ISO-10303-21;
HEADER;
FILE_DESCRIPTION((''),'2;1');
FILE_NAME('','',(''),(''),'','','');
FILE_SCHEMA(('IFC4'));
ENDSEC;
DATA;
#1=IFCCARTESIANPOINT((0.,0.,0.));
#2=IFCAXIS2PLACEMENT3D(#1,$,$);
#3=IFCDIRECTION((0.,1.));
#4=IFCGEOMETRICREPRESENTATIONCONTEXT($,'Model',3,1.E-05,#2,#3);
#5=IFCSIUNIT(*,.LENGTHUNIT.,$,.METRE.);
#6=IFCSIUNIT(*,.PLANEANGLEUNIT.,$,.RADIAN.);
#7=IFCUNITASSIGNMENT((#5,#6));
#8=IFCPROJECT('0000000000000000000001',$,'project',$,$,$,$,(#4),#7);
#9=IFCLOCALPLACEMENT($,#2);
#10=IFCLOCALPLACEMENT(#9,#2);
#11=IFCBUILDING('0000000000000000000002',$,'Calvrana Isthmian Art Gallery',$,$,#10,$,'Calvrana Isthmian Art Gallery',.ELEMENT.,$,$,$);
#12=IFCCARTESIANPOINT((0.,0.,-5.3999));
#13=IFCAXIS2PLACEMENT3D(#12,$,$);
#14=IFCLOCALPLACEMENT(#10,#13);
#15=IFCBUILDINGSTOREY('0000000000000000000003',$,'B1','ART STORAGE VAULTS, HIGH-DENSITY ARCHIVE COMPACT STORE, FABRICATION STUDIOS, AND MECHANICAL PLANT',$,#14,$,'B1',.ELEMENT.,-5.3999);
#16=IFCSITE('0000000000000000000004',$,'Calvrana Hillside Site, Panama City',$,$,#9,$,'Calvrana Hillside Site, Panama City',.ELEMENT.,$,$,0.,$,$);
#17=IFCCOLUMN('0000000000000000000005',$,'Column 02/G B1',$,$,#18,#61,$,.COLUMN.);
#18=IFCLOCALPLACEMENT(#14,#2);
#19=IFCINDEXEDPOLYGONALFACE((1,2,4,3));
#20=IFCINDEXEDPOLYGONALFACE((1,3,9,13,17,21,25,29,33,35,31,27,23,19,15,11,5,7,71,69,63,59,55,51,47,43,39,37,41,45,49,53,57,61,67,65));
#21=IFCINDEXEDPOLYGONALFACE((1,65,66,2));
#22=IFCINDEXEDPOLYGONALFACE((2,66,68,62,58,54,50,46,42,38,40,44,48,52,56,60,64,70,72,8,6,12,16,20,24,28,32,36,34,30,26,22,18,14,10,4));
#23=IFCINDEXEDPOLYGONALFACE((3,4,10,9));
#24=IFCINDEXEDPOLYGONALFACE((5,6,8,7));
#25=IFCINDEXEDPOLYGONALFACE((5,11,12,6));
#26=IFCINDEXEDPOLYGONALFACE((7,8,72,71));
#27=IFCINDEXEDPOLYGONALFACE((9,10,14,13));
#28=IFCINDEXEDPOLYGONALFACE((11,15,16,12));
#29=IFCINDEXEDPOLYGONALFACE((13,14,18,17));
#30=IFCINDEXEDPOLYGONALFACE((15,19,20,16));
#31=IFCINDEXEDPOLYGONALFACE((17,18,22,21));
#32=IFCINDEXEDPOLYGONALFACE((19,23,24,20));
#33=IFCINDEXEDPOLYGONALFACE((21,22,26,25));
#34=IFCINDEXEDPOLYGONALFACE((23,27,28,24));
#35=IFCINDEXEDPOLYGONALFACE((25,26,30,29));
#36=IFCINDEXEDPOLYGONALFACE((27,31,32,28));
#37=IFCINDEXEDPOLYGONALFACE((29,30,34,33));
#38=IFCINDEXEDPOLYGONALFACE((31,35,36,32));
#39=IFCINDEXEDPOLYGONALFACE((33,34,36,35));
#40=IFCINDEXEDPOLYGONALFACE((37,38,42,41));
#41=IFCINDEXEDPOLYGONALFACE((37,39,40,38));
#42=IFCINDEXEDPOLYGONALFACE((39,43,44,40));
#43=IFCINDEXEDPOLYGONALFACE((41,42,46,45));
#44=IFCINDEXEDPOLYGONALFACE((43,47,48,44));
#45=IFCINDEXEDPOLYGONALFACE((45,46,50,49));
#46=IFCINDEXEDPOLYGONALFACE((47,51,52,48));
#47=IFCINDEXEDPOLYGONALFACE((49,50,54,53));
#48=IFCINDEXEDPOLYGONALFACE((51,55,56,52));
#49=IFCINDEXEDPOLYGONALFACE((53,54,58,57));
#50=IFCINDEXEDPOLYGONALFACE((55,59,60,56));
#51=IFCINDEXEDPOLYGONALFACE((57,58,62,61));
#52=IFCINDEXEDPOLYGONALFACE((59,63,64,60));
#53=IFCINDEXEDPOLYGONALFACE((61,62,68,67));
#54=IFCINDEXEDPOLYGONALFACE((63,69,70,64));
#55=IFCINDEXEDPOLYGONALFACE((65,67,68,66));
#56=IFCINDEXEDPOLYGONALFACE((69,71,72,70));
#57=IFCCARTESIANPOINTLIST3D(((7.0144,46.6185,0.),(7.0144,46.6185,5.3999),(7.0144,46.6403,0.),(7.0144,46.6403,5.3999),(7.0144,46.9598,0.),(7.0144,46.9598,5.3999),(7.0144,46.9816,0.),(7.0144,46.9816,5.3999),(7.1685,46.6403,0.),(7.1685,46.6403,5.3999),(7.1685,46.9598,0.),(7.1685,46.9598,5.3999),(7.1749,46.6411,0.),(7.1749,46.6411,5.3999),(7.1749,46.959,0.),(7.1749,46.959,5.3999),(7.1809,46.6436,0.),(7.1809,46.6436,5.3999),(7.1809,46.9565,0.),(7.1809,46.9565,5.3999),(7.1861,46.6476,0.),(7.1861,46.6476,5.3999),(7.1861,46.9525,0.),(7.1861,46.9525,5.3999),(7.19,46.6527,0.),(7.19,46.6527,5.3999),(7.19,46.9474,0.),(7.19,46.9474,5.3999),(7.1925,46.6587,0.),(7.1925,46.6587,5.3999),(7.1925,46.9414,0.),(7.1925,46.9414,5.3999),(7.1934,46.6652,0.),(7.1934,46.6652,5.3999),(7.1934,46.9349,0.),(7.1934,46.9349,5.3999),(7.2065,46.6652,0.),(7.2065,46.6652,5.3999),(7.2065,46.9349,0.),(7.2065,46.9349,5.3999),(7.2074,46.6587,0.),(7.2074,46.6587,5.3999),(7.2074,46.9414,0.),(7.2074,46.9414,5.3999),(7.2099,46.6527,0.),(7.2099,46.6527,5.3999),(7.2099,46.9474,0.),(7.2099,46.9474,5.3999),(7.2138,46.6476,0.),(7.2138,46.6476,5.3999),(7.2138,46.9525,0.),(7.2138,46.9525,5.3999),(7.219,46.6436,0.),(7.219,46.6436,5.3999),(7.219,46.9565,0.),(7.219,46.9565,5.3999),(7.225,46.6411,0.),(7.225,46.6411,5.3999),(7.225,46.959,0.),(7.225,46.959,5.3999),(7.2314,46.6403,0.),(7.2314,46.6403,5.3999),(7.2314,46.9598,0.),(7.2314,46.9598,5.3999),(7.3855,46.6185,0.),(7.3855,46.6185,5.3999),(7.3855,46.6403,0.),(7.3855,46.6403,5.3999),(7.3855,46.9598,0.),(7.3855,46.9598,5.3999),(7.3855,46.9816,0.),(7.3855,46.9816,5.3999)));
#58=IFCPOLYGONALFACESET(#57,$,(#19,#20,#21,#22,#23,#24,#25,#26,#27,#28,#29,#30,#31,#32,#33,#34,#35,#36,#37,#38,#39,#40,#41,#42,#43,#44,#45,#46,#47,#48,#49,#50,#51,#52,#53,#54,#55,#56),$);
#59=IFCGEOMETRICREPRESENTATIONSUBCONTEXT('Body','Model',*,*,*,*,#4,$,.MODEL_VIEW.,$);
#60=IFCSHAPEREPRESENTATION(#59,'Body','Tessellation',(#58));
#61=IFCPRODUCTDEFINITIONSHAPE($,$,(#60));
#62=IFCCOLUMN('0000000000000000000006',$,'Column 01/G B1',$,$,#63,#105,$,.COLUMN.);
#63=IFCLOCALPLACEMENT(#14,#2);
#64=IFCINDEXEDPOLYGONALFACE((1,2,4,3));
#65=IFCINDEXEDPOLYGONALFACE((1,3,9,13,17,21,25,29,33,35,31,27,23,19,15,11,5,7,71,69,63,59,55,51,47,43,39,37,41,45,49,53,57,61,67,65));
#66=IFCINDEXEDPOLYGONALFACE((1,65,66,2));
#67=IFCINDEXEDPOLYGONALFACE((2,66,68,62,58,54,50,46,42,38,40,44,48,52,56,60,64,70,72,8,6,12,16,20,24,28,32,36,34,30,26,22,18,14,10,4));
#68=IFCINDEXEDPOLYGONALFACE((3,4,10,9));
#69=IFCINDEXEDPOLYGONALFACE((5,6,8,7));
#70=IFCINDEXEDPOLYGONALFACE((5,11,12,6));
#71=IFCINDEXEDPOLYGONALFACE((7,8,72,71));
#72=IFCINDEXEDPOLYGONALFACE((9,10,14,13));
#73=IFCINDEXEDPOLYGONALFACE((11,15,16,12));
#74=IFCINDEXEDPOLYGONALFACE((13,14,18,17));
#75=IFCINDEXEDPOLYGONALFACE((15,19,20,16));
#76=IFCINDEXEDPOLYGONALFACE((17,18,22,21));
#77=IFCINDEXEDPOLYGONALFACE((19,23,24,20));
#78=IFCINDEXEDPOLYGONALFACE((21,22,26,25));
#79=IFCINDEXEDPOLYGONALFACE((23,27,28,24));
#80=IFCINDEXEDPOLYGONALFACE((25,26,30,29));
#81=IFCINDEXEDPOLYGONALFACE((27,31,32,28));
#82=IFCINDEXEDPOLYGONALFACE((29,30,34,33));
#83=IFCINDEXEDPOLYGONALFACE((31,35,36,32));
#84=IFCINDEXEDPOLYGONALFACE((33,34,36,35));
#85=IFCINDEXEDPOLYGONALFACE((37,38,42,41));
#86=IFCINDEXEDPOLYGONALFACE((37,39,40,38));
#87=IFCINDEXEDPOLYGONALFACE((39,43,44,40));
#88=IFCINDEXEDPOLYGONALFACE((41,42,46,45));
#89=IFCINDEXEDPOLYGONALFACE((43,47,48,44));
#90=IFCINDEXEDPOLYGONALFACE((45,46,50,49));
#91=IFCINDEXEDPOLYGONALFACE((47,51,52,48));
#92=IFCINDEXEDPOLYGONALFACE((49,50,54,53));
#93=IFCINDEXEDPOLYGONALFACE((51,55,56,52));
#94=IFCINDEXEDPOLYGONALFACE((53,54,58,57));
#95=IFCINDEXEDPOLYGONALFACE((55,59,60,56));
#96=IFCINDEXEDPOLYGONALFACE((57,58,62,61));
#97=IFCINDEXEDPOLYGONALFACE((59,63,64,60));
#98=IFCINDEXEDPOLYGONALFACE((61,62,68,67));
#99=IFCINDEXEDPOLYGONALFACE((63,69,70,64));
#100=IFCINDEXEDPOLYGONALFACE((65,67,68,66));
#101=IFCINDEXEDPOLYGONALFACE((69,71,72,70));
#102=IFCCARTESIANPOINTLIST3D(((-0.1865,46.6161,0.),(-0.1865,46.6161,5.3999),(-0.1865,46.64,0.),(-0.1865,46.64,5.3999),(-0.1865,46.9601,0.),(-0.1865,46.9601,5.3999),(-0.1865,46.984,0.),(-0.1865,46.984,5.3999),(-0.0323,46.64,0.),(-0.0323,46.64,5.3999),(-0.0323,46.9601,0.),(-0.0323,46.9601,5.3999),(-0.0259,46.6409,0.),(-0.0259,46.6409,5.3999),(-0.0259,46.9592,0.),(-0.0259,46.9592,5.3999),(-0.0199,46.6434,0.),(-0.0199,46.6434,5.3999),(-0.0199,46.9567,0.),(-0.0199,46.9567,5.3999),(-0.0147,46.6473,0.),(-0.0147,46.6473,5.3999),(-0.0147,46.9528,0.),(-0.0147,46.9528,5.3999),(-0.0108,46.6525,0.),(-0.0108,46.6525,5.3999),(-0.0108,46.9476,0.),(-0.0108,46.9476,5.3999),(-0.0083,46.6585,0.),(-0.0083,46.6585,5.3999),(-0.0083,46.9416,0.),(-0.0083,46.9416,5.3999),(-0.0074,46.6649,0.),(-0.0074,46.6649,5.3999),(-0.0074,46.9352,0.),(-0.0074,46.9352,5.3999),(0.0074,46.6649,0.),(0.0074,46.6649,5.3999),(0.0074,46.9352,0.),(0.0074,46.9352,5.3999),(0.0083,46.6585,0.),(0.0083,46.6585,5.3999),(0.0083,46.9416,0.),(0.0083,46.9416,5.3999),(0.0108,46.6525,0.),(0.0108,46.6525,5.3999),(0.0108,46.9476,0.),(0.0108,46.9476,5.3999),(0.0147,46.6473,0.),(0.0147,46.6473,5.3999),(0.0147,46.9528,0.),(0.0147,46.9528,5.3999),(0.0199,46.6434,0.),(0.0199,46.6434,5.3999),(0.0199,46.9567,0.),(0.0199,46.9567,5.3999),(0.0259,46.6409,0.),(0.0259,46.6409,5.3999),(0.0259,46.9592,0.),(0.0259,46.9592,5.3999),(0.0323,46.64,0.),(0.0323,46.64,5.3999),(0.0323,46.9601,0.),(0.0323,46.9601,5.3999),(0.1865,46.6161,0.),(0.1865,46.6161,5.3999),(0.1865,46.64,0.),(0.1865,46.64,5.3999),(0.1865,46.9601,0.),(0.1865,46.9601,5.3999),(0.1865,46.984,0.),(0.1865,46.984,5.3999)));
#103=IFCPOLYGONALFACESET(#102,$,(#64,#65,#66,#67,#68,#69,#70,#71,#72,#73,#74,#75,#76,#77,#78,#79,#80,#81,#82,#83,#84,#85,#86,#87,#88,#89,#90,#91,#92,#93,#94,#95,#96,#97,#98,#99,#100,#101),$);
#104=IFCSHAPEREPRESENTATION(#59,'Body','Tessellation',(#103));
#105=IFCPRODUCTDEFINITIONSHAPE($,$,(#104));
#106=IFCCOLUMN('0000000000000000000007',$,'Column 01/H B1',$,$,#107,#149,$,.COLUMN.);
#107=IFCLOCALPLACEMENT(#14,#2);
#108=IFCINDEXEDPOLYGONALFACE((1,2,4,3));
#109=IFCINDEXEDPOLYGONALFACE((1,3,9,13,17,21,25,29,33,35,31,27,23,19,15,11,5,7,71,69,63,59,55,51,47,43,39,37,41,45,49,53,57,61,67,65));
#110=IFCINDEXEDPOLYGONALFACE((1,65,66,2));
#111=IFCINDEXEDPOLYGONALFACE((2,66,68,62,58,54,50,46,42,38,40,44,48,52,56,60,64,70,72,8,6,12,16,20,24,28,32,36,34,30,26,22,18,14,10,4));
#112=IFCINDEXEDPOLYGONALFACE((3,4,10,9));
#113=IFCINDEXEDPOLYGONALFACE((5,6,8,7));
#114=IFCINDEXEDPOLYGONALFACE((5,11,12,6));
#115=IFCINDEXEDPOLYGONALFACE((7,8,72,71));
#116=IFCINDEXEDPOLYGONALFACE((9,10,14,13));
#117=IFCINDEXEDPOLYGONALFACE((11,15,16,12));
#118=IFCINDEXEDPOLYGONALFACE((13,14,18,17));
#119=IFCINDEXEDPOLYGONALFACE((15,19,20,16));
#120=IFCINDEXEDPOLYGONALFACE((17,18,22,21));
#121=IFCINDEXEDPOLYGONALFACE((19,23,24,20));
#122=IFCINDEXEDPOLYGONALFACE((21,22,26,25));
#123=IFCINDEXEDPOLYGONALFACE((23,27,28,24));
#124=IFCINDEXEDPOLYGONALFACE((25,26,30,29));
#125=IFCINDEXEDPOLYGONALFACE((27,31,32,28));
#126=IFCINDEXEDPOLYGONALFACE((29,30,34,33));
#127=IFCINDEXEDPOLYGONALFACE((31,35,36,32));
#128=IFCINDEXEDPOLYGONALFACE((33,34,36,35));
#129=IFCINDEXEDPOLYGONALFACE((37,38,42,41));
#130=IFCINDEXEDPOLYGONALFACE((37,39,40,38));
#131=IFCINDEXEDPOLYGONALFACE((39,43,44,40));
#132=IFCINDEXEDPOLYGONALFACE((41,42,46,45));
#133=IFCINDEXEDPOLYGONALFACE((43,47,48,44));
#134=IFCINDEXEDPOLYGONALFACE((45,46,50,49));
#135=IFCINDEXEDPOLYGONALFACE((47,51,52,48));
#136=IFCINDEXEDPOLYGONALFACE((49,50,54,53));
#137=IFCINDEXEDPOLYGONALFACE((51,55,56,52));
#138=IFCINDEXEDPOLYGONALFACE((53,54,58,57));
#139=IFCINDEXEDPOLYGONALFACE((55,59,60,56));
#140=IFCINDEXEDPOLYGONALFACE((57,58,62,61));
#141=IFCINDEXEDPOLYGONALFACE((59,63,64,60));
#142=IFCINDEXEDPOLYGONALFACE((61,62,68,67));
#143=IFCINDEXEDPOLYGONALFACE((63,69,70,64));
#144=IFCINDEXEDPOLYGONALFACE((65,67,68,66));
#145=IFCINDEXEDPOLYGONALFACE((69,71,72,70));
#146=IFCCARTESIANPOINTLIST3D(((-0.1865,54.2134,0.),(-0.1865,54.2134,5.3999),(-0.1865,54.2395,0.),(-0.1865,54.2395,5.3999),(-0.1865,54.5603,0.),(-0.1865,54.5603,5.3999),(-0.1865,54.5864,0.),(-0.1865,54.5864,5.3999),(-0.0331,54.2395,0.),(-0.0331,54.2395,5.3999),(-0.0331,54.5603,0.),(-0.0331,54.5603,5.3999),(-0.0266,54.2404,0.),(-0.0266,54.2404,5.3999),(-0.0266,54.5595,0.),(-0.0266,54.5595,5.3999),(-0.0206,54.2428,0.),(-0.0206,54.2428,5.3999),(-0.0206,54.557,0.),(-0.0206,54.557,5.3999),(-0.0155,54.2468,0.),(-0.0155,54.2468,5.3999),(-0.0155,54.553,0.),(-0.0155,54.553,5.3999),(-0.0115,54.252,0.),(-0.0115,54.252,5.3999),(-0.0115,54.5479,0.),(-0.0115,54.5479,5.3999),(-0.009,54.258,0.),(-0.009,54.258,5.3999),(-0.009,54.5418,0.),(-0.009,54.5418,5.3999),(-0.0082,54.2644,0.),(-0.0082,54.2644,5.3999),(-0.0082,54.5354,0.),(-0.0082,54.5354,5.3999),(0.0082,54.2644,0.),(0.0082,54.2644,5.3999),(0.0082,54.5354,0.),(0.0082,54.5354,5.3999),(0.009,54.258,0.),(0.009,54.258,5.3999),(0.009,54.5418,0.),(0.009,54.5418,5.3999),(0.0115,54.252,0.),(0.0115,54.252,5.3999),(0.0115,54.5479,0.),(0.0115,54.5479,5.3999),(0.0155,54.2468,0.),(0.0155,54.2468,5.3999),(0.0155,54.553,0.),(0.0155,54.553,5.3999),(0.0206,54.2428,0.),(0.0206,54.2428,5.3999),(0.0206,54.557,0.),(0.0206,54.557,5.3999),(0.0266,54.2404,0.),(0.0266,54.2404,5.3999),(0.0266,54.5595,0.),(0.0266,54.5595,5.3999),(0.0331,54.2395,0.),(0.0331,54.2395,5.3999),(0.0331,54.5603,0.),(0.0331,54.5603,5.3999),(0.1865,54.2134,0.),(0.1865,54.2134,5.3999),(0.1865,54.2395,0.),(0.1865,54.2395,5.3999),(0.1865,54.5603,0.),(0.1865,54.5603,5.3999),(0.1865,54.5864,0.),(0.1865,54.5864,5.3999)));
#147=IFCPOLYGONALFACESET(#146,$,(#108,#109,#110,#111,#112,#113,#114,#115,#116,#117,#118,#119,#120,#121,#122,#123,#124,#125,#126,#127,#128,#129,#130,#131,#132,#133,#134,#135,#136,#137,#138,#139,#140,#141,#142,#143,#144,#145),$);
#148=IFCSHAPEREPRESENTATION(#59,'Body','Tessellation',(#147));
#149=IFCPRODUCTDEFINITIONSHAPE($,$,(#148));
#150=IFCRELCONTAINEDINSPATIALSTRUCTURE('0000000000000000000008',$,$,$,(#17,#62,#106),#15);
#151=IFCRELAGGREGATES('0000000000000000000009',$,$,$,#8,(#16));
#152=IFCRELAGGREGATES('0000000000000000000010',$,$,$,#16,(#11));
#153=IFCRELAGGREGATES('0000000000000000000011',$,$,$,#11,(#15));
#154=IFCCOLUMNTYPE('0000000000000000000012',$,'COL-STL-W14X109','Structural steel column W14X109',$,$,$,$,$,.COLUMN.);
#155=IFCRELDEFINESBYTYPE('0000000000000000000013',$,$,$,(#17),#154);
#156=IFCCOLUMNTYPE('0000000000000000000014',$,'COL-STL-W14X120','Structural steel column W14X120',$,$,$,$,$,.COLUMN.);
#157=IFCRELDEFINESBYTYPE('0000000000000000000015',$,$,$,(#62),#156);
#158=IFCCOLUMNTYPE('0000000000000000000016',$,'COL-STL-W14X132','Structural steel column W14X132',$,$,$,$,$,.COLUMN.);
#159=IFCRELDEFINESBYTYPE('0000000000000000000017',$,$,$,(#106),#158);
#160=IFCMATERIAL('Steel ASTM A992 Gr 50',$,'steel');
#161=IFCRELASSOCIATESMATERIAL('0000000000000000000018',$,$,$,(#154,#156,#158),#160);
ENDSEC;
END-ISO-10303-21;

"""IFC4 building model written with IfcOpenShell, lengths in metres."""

from ifc_helpers import new_model, si_unit, direction, frame, origin, origin_2d, place, context, subcontext, project, spatial, i_section, extrude, material, material_profile, profile_set, type_object, element, save


model = new_model("IFC4")

# Units and contexts
model_context = context("Model", 3, precision=1e-05, world=origin(), true_north=direction((0.0, 1.0)))
body_context = subcontext(model_context, "Body", "Model", "MODEL_VIEW")
ifc_project = project(units=[si_unit("LENGTHUNIT", "METRE"), si_unit("PLANEANGLEUNIT", "RADIAN")], contexts=[model_context])

# Site, building, storey
site_placement = place(None, origin())
site = spatial("IfcSite", under=ifc_project, at=site_placement, Name="Calvrana Hillside Site, Panama City", LongName="Calvrana Hillside Site, Panama City", CompositionType="ELEMENT", RefElevation=0.0)
building_placement = place(site_placement, origin())
building = spatial("IfcBuilding", under=site, at=building_placement, Name="Calvrana Isthmian Art Gallery", LongName="Calvrana Isthmian Art Gallery", CompositionType="ELEMENT")
storey_placement = place(building_placement, frame((0.0, 0.0, -5.3999)))
storey = spatial("IfcBuildingStorey", under=building, at=storey_placement, Name="B1", Description="ART STORAGE VAULTS, HIGH-DENSITY ARCHIVE COMPACT STORE, FABRICATION STUDIOS, AND MECHANICAL PLANT", LongName="B1", CompositionType="ELEMENT", Elevation=-5.3999)

# Columns
ifc_material_1 = material(Name="Steel ASTM A992 Gr 50", Category="steel")
ifc_material_profile_1 = material_profile(ifc_material_1, i_section(OverallWidth=0.3711, OverallDepth=0.363, WebThickness=0.0132, FlangeThickness=0.0217, FilletRadius=0.0249, at=origin_2d()), Name="W14X109")
ifc_profile_set_1 = profile_set([ifc_material_profile_1], Name="Steel ASTM A992 Gr 50")
column_type_1 = type_object("IfcColumnType", Name="COL-STL-W14X109", Description="Structural steel column W14X109", PredefinedType="COLUMN", material=ifc_profile_set_1)
column_1_placement = place(storey_placement, frame((7.2, 46.8, 0.0), z_axis=(0.0, 0.0, 1.0), x_axis=(1.0, 0.0, 0.0)))
element("IfcColumn", 1, at=column_1_placement, inside=storey, type_object=column_type_1, Name="Column 02/G B1", PredefinedType="COLUMN", context=body_context, shape_type="SweptSolid", body=[
    extrude(i_section(OverallWidth=0.3711, OverallDepth=0.363, WebThickness=0.0132, FlangeThickness=0.0217, FilletRadius=0.0249, at=origin_2d()), origin(), (0.0, 0.0, 1.0), 5.3999),
])
ifc_material_profile_2 = material_profile(ifc_material_1, i_section(OverallWidth=0.373, OverallDepth=0.3679, WebThickness=0.0149, FlangeThickness=0.0239, FilletRadius=0.0249, at=origin_2d()), Name="W14X120")
ifc_profile_set_2 = profile_set([ifc_material_profile_2], Name="Steel ASTM A992 Gr 50")
column_type_2 = type_object("IfcColumnType", Name="COL-STL-W14X120", Description="Structural steel column W14X120", PredefinedType="COLUMN", material=ifc_profile_set_2)
column_2_placement = place(storey_placement, frame((0.0, 46.8, 0.0), z_axis=(0.0, 0.0, 1.0), x_axis=(1.0, 0.0, 0.0)))
element("IfcColumn", 2, at=column_2_placement, inside=storey, type_object=column_type_2, Name="Column 01/G B1", PredefinedType="COLUMN", context=body_context, shape_type="SweptSolid", body=[
    extrude(i_section(OverallWidth=0.373, OverallDepth=0.3679, WebThickness=0.0149, FlangeThickness=0.0239, FilletRadius=0.0249, at=origin_2d()), origin(), (0.0, 0.0, 1.0), 5.3999),
])
ifc_material_profile_3 = material_profile(ifc_material_1, i_section(OverallWidth=0.373, OverallDepth=0.373, WebThickness=0.0164, FlangeThickness=0.0261, FilletRadius=0.0249, at=origin_2d()), Name="W14X132")
ifc_profile_set_3 = profile_set([ifc_material_profile_3], Name="Steel ASTM A992 Gr 50")
column_type_3 = type_object("IfcColumnType", Name="COL-STL-W14X132", Description="Structural steel column W14X132", PredefinedType="COLUMN", material=ifc_profile_set_3)
column_3_placement = place(storey_placement, frame((0.0, 54.3999, 0.0), z_axis=(0.0, 0.0, 1.0), x_axis=(1.0, 0.0, 0.0)))
element("IfcColumn", 3, at=column_3_placement, inside=storey, type_object=column_type_3, Name="Column 01/H B1", PredefinedType="COLUMN", context=body_context, shape_type="SweptSolid", body=[
    extrude(i_section(OverallWidth=0.373, OverallDepth=0.373, WebThickness=0.0164, FlangeThickness=0.0261, FilletRadius=0.0249, at=origin_2d()), origin(), (0.0, 0.0, 1.0), 5.3999),
])

save(model, "model.ifc")
